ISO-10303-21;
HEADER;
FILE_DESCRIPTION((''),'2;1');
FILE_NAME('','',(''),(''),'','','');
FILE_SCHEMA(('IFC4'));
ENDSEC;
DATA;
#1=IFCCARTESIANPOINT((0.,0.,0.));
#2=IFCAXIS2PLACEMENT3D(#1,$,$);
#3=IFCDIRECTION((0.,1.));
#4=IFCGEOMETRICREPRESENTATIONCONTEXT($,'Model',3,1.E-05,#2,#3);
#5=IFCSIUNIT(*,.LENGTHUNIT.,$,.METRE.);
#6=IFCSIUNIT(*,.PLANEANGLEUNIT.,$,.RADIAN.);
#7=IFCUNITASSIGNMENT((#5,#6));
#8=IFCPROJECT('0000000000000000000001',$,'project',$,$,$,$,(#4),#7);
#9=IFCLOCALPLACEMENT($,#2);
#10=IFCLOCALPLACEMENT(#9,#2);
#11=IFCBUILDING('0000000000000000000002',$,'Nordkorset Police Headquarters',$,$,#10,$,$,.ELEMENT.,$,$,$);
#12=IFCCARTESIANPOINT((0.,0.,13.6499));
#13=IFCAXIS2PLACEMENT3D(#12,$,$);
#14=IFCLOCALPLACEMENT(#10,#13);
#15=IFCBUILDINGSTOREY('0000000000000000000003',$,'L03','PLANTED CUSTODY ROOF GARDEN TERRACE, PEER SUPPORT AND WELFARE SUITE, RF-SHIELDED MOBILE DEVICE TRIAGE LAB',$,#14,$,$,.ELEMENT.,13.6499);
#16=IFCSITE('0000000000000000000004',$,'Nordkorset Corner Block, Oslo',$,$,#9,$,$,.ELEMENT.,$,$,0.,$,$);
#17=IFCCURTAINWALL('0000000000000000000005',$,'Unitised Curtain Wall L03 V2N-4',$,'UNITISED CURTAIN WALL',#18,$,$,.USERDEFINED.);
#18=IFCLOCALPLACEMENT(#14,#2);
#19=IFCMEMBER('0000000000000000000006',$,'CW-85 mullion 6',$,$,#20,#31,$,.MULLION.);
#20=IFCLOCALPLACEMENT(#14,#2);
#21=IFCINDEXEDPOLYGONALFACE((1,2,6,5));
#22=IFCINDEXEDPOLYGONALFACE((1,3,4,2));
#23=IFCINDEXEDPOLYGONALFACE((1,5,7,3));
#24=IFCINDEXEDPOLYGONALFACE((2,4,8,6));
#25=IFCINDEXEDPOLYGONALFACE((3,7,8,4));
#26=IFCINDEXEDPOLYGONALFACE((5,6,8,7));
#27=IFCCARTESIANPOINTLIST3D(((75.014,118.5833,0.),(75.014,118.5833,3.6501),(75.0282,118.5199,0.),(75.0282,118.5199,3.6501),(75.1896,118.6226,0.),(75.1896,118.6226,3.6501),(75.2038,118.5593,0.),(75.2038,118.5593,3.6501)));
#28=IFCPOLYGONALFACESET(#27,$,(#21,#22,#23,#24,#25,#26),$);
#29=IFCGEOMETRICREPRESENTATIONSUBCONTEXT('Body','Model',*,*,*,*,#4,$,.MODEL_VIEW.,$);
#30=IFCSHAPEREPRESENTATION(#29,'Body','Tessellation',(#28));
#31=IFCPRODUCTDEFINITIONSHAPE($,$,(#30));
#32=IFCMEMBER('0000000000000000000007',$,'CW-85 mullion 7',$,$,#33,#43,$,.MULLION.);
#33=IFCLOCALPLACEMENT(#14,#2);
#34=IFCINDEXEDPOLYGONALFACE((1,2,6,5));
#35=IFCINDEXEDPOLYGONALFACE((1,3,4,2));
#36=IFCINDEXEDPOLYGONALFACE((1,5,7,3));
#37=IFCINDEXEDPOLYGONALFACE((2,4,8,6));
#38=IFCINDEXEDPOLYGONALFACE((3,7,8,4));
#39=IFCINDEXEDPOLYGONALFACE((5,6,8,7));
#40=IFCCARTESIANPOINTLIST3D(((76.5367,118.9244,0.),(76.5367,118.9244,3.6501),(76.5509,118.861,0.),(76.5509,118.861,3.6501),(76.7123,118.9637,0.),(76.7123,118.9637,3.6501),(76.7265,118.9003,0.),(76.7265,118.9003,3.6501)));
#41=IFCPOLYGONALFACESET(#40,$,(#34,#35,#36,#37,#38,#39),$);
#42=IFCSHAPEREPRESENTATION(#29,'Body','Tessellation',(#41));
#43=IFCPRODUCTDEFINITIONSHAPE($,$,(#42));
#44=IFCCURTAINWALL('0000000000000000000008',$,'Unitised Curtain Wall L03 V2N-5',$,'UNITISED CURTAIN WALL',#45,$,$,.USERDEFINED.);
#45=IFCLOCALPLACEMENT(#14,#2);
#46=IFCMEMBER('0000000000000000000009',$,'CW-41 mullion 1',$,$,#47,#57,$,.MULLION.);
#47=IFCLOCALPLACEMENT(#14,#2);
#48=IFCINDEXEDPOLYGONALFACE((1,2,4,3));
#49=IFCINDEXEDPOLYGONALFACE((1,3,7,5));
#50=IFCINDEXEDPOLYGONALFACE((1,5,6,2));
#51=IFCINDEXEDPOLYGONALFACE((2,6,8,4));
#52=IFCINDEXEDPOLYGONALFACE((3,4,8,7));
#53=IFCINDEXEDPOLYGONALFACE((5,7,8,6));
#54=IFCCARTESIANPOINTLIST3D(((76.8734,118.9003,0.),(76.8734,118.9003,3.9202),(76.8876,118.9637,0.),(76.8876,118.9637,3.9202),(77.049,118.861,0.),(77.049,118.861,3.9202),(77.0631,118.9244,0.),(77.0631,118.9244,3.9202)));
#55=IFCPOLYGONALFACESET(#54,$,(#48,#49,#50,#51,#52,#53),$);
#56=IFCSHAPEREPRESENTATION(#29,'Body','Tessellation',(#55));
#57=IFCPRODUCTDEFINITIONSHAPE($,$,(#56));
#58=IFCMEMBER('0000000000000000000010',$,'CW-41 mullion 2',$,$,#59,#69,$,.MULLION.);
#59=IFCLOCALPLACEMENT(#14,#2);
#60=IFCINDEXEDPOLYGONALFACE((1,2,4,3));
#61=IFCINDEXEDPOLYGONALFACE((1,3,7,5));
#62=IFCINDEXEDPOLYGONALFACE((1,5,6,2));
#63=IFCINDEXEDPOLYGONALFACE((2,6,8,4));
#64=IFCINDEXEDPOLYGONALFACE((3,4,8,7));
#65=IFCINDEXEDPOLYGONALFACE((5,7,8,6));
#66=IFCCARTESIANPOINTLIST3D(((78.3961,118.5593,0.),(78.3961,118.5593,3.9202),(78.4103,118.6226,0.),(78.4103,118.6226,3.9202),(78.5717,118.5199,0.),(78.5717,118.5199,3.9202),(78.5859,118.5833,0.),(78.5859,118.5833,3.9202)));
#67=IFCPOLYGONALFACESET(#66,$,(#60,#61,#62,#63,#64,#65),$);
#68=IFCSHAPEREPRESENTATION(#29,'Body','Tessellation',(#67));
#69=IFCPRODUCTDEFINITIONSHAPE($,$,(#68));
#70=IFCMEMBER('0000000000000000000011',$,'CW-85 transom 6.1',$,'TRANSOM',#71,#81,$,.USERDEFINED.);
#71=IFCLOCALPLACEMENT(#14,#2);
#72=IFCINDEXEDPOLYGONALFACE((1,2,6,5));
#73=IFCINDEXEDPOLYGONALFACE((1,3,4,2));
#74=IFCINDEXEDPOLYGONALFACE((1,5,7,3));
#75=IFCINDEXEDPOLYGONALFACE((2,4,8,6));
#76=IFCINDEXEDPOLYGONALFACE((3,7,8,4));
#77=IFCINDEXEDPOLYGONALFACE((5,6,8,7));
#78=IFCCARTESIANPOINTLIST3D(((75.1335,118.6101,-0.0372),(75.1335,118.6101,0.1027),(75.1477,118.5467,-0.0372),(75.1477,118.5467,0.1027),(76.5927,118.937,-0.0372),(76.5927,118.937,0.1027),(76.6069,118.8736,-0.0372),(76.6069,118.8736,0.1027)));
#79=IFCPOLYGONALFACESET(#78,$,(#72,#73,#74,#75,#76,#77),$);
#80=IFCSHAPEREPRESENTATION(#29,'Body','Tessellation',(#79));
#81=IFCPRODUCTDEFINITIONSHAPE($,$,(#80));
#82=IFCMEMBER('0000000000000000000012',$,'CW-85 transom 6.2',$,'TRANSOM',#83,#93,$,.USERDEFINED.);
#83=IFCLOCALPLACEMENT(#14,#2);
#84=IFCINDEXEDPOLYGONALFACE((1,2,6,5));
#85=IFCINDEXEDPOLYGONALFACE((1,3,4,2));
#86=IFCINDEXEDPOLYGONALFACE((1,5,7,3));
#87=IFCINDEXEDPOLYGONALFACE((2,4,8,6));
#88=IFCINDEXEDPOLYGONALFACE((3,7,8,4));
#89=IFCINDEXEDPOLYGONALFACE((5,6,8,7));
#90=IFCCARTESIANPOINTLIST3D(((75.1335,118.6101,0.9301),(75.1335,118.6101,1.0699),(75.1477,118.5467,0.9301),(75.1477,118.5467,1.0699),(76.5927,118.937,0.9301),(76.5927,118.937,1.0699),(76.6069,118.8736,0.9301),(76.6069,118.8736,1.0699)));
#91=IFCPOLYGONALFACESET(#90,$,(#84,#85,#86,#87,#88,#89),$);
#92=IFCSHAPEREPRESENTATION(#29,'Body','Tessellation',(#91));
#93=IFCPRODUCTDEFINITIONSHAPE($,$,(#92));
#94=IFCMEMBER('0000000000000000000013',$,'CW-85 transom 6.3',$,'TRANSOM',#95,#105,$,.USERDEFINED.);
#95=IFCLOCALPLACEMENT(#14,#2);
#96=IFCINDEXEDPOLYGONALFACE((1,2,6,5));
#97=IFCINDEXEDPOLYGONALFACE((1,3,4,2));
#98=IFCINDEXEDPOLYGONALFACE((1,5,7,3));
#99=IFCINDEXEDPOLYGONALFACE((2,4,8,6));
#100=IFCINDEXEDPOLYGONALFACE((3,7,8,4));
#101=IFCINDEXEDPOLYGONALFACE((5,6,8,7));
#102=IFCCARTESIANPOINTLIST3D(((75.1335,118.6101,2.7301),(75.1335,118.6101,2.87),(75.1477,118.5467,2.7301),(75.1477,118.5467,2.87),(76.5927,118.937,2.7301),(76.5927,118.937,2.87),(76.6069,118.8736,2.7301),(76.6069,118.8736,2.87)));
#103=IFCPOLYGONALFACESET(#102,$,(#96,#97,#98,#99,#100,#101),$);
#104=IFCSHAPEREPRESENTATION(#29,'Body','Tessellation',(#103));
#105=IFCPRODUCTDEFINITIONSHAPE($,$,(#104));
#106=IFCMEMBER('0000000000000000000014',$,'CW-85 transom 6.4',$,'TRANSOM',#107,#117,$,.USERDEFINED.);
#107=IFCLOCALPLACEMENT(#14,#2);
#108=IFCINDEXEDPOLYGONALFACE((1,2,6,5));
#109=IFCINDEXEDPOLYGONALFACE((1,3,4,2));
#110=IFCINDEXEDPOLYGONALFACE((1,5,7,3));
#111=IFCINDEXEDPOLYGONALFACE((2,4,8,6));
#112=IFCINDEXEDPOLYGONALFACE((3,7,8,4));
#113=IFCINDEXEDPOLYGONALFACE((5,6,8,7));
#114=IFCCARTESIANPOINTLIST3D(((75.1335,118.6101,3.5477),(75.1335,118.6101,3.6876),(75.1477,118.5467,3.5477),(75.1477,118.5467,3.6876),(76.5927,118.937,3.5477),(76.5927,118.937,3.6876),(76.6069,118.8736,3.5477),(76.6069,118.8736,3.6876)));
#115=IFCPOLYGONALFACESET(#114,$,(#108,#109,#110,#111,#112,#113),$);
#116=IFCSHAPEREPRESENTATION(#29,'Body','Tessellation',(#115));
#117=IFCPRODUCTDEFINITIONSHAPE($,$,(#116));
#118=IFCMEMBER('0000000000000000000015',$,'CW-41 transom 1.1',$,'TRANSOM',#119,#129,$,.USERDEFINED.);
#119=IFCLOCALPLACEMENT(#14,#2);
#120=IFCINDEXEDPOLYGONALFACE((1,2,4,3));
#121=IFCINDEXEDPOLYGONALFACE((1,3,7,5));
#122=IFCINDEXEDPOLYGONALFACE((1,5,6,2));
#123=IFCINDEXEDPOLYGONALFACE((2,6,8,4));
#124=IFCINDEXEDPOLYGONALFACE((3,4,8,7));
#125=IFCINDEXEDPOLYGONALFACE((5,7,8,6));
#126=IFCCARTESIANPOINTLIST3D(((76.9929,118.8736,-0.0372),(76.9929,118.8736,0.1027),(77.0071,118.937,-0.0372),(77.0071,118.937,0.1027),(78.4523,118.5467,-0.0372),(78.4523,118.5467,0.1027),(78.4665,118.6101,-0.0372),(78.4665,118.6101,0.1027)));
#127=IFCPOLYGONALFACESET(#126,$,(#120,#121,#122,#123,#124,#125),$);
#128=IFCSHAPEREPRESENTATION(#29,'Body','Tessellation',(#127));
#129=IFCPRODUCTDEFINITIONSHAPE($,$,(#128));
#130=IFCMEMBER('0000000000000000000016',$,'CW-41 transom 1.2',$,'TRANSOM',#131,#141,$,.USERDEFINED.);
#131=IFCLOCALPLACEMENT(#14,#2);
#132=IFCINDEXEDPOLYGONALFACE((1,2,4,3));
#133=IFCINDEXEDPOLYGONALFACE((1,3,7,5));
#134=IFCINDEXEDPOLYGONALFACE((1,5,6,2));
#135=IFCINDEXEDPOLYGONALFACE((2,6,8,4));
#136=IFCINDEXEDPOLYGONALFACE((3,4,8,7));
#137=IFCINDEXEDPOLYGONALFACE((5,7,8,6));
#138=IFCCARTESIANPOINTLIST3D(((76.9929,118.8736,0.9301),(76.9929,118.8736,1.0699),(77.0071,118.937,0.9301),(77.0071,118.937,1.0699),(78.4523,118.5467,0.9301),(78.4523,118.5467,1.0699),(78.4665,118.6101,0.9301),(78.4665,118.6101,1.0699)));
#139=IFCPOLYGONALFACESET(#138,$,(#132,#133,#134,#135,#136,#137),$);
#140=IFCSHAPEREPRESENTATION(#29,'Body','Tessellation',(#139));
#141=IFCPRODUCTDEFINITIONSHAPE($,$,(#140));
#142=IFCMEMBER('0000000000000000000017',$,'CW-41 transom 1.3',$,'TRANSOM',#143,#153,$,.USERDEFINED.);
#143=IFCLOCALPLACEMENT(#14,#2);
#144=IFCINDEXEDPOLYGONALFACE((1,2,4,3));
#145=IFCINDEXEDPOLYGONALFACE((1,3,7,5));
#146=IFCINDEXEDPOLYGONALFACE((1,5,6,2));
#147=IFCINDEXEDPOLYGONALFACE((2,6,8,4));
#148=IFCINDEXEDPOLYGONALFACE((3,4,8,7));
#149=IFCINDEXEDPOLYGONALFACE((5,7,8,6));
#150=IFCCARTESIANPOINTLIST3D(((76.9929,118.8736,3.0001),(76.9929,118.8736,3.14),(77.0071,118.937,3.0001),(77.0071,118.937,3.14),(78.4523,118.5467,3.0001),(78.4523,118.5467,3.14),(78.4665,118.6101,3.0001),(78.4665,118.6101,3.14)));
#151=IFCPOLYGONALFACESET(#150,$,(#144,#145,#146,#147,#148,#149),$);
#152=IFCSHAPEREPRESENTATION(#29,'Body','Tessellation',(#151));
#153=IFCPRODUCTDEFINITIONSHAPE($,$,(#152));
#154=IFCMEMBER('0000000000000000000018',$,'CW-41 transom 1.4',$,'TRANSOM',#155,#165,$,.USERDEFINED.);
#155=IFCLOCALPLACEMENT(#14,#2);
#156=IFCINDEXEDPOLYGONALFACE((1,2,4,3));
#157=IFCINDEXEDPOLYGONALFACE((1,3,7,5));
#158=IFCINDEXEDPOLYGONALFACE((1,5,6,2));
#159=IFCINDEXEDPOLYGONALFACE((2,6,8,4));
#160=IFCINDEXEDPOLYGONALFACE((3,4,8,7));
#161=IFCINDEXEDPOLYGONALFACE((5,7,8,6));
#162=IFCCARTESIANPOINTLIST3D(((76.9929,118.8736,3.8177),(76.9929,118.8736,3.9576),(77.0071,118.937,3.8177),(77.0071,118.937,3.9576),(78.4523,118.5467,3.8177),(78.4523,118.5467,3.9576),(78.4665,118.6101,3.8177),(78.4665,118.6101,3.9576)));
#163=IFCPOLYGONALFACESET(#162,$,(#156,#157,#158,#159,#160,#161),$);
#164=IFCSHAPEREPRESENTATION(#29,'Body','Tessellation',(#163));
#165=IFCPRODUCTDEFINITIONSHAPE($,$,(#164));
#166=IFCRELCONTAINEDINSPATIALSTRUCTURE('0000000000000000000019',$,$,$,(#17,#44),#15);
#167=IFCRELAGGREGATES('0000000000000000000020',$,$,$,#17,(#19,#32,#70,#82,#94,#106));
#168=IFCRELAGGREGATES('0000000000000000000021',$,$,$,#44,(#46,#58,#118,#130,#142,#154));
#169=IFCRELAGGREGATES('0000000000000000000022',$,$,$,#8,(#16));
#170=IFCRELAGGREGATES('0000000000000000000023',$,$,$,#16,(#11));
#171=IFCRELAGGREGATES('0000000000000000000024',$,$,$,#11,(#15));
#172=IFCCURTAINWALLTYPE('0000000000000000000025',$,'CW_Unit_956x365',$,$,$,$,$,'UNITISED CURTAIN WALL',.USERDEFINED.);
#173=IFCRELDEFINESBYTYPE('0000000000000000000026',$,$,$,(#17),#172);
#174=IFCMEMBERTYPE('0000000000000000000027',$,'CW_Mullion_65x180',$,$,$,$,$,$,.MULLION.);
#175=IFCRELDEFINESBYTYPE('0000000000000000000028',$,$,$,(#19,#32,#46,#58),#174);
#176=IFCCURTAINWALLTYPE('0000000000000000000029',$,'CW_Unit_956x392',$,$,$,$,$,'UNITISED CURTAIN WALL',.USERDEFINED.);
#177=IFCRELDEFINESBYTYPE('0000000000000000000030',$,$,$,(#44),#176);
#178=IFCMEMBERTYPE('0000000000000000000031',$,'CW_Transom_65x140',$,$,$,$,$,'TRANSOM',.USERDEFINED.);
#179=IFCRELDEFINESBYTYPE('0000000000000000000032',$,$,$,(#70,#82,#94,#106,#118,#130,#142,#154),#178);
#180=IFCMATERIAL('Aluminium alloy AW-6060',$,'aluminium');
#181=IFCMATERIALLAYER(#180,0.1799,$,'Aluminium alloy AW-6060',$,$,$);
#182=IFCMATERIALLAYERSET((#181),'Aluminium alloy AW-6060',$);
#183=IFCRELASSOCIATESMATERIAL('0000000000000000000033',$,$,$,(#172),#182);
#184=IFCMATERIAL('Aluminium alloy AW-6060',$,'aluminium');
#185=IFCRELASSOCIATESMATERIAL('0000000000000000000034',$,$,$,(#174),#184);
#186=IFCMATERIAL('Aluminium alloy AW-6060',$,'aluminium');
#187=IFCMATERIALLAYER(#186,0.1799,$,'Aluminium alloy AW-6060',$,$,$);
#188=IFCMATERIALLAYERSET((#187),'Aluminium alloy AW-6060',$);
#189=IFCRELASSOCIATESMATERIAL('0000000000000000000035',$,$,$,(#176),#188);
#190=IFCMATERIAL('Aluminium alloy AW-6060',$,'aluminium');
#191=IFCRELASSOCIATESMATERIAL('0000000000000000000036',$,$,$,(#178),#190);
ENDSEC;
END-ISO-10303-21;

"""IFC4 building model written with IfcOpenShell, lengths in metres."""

from ifc_helpers import new_model, si_unit, direction, frame, origin, origin_2d, place, context, subcontext, project, spatial, rectangle, extrude, material, layer, layer_set, material_profile, profile_set, type_object, element, aggregate, save


model = new_model("IFC4")

# Units and contexts
model_context = context("Model", 3, precision=1e-05, world=origin(), true_north=direction((0.0, 1.0)))
body_context = subcontext(model_context, "Body", "Model", "MODEL_VIEW")
ifc_project = project(units=[si_unit("LENGTHUNIT", "METRE"), si_unit("PLANEANGLEUNIT", "RADIAN")], contexts=[model_context])

# Site, building, storey
site_placement = place(None, origin())
site = spatial("IfcSite", under=ifc_project, at=site_placement, Name="Nordkorset Corner Block, Oslo", CompositionType="ELEMENT", RefElevation=0.0)
building_placement = place(site_placement, origin())
building = spatial("IfcBuilding", under=site, at=building_placement, Name="Nordkorset Police Headquarters", CompositionType="ELEMENT")
storey_placement = place(building_placement, frame((0.0, 0.0, 13.6499)))
storey = spatial("IfcBuildingStorey", under=building, at=storey_placement, Name="L03", Description="PLANTED CUSTODY ROOF GARDEN TERRACE, PEER SUPPORT AND WELFARE SUITE, RF-SHIELDED MOBILE DEVICE TRIAGE LAB", CompositionType="ELEMENT", Elevation=13.6499)

# Curtain walls, members
ifc_material_1 = material(Name="Aluminium alloy AW-6060", Category="aluminium")
ifc_layer_1 = layer(ifc_material_1, 0.1799, Name="Aluminium alloy AW-6060")
ifc_layer_set_1 = layer_set([ifc_layer_1], Name="Aluminium alloy AW-6060")
curtain_wall_type_1 = type_object("IfcCurtainWallType", Name="CW_Unit_956x365", ElementType="UNITISED CURTAIN WALL", PredefinedType="USERDEFINED", material=ifc_layer_set_1)
curtain_wall_1_placement = place(storey_placement, origin())
curtain_wall_1 = element("IfcCurtainWall", 1, at=curtain_wall_1_placement, inside=storey, type_object=curtain_wall_type_1, Name="Unitised Curtain Wall L03 V2N-4", ObjectType="UNITISED CURTAIN WALL", PredefinedType="USERDEFINED")
ifc_material_2 = material(Name="Aluminium alloy AW-6060", Category="aluminium")
ifc_material_profile_1 = material_profile(ifc_material_2, rectangle(XDim=0.0649, YDim=0.1799, at=origin_2d()), Name="ALU MULL 65x180")
ifc_profile_set_1 = profile_set([ifc_material_profile_1], Name="Aluminium alloy AW-6060")
member_type_1 = type_object("IfcMemberType", Name="CW_Mullion_65x180", PredefinedType="MULLION", material=ifc_profile_set_1)
member_1_placement = place(storey_placement, frame((75.1089, 118.5713, 0.0), z_axis=(0.0, 0.0, 1.0), x_axis=(-0.218544, 0.975827, 0.0)))
member_1 = element("IfcMember", 2, at=member_1_placement, type_object=member_type_1, Name="CW-85 mullion 6", PredefinedType="MULLION", context=body_context, shape_type="SweptSolid", body=[
    extrude(rectangle(XDim=0.0649, YDim=0.1799, at=origin_2d()), origin(), (0.0, 0.0, 1.0), 3.6501),
])
member_2_placement = place(storey_placement, frame((76.6316, 118.9124, 0.0), z_axis=(0.0, 0.0, 1.0), x_axis=(-0.218544, 0.975827, 0.0)))
member_2 = element("IfcMember", 3, at=member_2_placement, type_object=member_type_1, Name="CW-85 mullion 7", PredefinedType="MULLION", context=body_context, shape_type="SweptSolid", body=[
    extrude(rectangle(XDim=0.0649, YDim=0.1799, at=origin_2d()), origin(), (0.0, 0.0, 1.0), 3.6501),
])
ifc_material_3 = material(Name="Aluminium alloy AW-6060", Category="aluminium")
ifc_layer_2 = layer(ifc_material_3, 0.1799, Name="Aluminium alloy AW-6060")
ifc_layer_set_2 = layer_set([ifc_layer_2], Name="Aluminium alloy AW-6060")
curtain_wall_type_2 = type_object("IfcCurtainWallType", Name="CW_Unit_956x392", ElementType="UNITISED CURTAIN WALL", PredefinedType="USERDEFINED", material=ifc_layer_set_2)
curtain_wall_2_placement = place(storey_placement, origin())
curtain_wall_2 = element("IfcCurtainWall", 4, at=curtain_wall_2_placement, inside=storey, type_object=curtain_wall_type_2, Name="Unitised Curtain Wall L03 V2N-5", ObjectType="UNITISED CURTAIN WALL", PredefinedType="USERDEFINED")
member_3_placement = place(storey_placement, frame((76.9683, 118.9124, 0.0), z_axis=(0.0, 0.0, 1.0), x_axis=(0.218544, 0.975827, 0.0)))
member_3 = element("IfcMember", 5, at=member_3_placement, type_object=member_type_1, Name="CW-41 mullion 1", PredefinedType="MULLION", context=body_context, shape_type="SweptSolid", body=[
    extrude(rectangle(XDim=0.0649, YDim=0.1799, at=origin_2d()), origin(), (0.0, 0.0, 1.0), 3.9202),
])
member_4_placement = place(storey_placement, frame((78.491, 118.5713, 0.0), z_axis=(0.0, 0.0, 1.0), x_axis=(0.218544, 0.975827, 0.0)))
member_4 = element("IfcMember", 6, at=member_4_placement, type_object=member_type_1, Name="CW-41 mullion 2", PredefinedType="MULLION", context=body_context, shape_type="SweptSolid", body=[
    extrude(rectangle(XDim=0.0649, YDim=0.1799, at=origin_2d()), origin(), (0.0, 0.0, 1.0), 3.9202),
])

# Members
ifc_material_4 = material(Name="Aluminium alloy AW-6060", Category="aluminium")
ifc_material_profile_2 = material_profile(ifc_material_4, rectangle(XDim=0.0649, YDim=0.1399, at=origin_2d()), Name="ALU TRAN 65x140")
ifc_profile_set_2 = profile_set([ifc_material_profile_2], Name="Aluminium alloy AW-6060")
member_type_2 = type_object("IfcMemberType", Name="CW_Transom_65x140", ElementType="TRANSOM", PredefinedType="USERDEFINED", material=ifc_profile_set_2)
member_5_placement = place(storey_placement, frame((75.1406, 118.5784, 0.0327), z_axis=(0.975813, 0.218607, 0.0), x_axis=(-0.218607, 0.975813, 0.0)))
member_5 = element("IfcMember", 7, at=member_5_placement, type_object=member_type_2, Name="CW-85 transom 6.1", ObjectType="TRANSOM", PredefinedType="USERDEFINED", context=body_context, shape_type="SweptSolid", body=[
    extrude(rectangle(XDim=0.0649, YDim=0.1399, at=origin_2d()), origin(), (0.0, 0.0, 1.0), 1.4954),
])
member_6_placement = place(storey_placement, frame((75.1406, 118.5784, 1.0), z_axis=(0.975813, 0.218607, 0.0), x_axis=(-0.218607, 0.975813, 0.0)))
member_6 = element("IfcMember", 8, at=member_6_placement, type_object=member_type_2, Name="CW-85 transom 6.2", ObjectType="TRANSOM", PredefinedType="USERDEFINED", context=body_context, shape_type="SweptSolid", body=[
    extrude(rectangle(XDim=0.0649, YDim=0.1399, at=origin_2d()), origin(), (0.0, 0.0, 1.0), 1.4954),
])
member_7_placement = place(storey_placement, frame((75.1406, 118.5784, 2.8), z_axis=(0.975813, 0.218607, 0.0), x_axis=(-0.218607, 0.975813, 0.0)))
member_7 = element("IfcMember", 9, at=member_7_placement, type_object=member_type_2, Name="CW-85 transom 6.3", ObjectType="TRANSOM", PredefinedType="USERDEFINED", context=body_context, shape_type="SweptSolid", body=[
    extrude(rectangle(XDim=0.0649, YDim=0.1399, at=origin_2d()), origin(), (0.0, 0.0, 1.0), 1.4954),
])
member_8_placement = place(storey_placement, frame((75.1406, 118.5784, 3.6177), z_axis=(0.975813, 0.218607, 0.0), x_axis=(-0.218607, 0.975813, 0.0)))
member_8 = element("IfcMember", 10, at=member_8_placement, type_object=member_type_2, Name="CW-85 transom 6.4", ObjectType="TRANSOM", PredefinedType="USERDEFINED", context=body_context, shape_type="SweptSolid", body=[
    extrude(rectangle(XDim=0.0649, YDim=0.1399, at=origin_2d()), origin(), (0.0, 0.0, 1.0), 1.4954),
])
member_9_placement = place(storey_placement, frame((77.0, 118.9053, 0.0327), z_axis=(0.975821, -0.218572, 0.0), x_axis=(0.218572, 0.975821, 0.0)))
member_9 = element("IfcMember", 11, at=member_9_placement, type_object=member_type_2, Name="CW-41 transom 1.1", ObjectType="TRANSOM", PredefinedType="USERDEFINED", context=body_context, shape_type="SweptSolid", body=[
    extrude(rectangle(XDim=0.0649, YDim=0.1399, at=origin_2d()), origin(), (0.0, 0.0, 1.0), 1.4956),
])
member_10_placement = place(storey_placement, frame((77.0, 118.9053, 1.0), z_axis=(0.975821, -0.218572, 0.0), x_axis=(0.218572, 0.975821, 0.0)))
member_10 = element("IfcMember", 12, at=member_10_placement, type_object=member_type_2, Name="CW-41 transom 1.2", ObjectType="TRANSOM", PredefinedType="USERDEFINED", context=body_context, shape_type="SweptSolid", body=[
    extrude(rectangle(XDim=0.0649, YDim=0.1399, at=origin_2d()), origin(), (0.0, 0.0, 1.0), 1.4956),
])
member_11_placement = place(storey_placement, frame((77.0, 118.9053, 3.0701), z_axis=(0.975821, -0.218572, 0.0), x_axis=(0.218572, 0.975821, 0.0)))
member_11 = element("IfcMember", 13, at=member_11_placement, type_object=member_type_2, Name="CW-41 transom 1.3", ObjectType="TRANSOM", PredefinedType="USERDEFINED", context=body_context, shape_type="SweptSolid", body=[
    extrude(rectangle(XDim=0.0649, YDim=0.1399, at=origin_2d()), origin(), (0.0, 0.0, 1.0), 1.4956),
])
member_12_placement = place(storey_placement, frame((77.0, 118.9053, 3.8877), z_axis=(0.975821, -0.218572, 0.0), x_axis=(0.218572, 0.975821, 0.0)))
member_12 = element("IfcMember", 14, at=member_12_placement, type_object=member_type_2, Name="CW-41 transom 1.4", ObjectType="TRANSOM", PredefinedType="USERDEFINED", context=body_context, shape_type="SweptSolid", body=[
    extrude(rectangle(XDim=0.0649, YDim=0.1399, at=origin_2d()), origin(), (0.0, 0.0, 1.0), 1.4956),
])

aggregate(curtain_wall_1, [member_1, member_2, member_5, member_6, member_7, member_8])
aggregate(curtain_wall_2, [member_3, member_4, member_9, member_10, member_11, member_12])

save(model, "model.ifc")
